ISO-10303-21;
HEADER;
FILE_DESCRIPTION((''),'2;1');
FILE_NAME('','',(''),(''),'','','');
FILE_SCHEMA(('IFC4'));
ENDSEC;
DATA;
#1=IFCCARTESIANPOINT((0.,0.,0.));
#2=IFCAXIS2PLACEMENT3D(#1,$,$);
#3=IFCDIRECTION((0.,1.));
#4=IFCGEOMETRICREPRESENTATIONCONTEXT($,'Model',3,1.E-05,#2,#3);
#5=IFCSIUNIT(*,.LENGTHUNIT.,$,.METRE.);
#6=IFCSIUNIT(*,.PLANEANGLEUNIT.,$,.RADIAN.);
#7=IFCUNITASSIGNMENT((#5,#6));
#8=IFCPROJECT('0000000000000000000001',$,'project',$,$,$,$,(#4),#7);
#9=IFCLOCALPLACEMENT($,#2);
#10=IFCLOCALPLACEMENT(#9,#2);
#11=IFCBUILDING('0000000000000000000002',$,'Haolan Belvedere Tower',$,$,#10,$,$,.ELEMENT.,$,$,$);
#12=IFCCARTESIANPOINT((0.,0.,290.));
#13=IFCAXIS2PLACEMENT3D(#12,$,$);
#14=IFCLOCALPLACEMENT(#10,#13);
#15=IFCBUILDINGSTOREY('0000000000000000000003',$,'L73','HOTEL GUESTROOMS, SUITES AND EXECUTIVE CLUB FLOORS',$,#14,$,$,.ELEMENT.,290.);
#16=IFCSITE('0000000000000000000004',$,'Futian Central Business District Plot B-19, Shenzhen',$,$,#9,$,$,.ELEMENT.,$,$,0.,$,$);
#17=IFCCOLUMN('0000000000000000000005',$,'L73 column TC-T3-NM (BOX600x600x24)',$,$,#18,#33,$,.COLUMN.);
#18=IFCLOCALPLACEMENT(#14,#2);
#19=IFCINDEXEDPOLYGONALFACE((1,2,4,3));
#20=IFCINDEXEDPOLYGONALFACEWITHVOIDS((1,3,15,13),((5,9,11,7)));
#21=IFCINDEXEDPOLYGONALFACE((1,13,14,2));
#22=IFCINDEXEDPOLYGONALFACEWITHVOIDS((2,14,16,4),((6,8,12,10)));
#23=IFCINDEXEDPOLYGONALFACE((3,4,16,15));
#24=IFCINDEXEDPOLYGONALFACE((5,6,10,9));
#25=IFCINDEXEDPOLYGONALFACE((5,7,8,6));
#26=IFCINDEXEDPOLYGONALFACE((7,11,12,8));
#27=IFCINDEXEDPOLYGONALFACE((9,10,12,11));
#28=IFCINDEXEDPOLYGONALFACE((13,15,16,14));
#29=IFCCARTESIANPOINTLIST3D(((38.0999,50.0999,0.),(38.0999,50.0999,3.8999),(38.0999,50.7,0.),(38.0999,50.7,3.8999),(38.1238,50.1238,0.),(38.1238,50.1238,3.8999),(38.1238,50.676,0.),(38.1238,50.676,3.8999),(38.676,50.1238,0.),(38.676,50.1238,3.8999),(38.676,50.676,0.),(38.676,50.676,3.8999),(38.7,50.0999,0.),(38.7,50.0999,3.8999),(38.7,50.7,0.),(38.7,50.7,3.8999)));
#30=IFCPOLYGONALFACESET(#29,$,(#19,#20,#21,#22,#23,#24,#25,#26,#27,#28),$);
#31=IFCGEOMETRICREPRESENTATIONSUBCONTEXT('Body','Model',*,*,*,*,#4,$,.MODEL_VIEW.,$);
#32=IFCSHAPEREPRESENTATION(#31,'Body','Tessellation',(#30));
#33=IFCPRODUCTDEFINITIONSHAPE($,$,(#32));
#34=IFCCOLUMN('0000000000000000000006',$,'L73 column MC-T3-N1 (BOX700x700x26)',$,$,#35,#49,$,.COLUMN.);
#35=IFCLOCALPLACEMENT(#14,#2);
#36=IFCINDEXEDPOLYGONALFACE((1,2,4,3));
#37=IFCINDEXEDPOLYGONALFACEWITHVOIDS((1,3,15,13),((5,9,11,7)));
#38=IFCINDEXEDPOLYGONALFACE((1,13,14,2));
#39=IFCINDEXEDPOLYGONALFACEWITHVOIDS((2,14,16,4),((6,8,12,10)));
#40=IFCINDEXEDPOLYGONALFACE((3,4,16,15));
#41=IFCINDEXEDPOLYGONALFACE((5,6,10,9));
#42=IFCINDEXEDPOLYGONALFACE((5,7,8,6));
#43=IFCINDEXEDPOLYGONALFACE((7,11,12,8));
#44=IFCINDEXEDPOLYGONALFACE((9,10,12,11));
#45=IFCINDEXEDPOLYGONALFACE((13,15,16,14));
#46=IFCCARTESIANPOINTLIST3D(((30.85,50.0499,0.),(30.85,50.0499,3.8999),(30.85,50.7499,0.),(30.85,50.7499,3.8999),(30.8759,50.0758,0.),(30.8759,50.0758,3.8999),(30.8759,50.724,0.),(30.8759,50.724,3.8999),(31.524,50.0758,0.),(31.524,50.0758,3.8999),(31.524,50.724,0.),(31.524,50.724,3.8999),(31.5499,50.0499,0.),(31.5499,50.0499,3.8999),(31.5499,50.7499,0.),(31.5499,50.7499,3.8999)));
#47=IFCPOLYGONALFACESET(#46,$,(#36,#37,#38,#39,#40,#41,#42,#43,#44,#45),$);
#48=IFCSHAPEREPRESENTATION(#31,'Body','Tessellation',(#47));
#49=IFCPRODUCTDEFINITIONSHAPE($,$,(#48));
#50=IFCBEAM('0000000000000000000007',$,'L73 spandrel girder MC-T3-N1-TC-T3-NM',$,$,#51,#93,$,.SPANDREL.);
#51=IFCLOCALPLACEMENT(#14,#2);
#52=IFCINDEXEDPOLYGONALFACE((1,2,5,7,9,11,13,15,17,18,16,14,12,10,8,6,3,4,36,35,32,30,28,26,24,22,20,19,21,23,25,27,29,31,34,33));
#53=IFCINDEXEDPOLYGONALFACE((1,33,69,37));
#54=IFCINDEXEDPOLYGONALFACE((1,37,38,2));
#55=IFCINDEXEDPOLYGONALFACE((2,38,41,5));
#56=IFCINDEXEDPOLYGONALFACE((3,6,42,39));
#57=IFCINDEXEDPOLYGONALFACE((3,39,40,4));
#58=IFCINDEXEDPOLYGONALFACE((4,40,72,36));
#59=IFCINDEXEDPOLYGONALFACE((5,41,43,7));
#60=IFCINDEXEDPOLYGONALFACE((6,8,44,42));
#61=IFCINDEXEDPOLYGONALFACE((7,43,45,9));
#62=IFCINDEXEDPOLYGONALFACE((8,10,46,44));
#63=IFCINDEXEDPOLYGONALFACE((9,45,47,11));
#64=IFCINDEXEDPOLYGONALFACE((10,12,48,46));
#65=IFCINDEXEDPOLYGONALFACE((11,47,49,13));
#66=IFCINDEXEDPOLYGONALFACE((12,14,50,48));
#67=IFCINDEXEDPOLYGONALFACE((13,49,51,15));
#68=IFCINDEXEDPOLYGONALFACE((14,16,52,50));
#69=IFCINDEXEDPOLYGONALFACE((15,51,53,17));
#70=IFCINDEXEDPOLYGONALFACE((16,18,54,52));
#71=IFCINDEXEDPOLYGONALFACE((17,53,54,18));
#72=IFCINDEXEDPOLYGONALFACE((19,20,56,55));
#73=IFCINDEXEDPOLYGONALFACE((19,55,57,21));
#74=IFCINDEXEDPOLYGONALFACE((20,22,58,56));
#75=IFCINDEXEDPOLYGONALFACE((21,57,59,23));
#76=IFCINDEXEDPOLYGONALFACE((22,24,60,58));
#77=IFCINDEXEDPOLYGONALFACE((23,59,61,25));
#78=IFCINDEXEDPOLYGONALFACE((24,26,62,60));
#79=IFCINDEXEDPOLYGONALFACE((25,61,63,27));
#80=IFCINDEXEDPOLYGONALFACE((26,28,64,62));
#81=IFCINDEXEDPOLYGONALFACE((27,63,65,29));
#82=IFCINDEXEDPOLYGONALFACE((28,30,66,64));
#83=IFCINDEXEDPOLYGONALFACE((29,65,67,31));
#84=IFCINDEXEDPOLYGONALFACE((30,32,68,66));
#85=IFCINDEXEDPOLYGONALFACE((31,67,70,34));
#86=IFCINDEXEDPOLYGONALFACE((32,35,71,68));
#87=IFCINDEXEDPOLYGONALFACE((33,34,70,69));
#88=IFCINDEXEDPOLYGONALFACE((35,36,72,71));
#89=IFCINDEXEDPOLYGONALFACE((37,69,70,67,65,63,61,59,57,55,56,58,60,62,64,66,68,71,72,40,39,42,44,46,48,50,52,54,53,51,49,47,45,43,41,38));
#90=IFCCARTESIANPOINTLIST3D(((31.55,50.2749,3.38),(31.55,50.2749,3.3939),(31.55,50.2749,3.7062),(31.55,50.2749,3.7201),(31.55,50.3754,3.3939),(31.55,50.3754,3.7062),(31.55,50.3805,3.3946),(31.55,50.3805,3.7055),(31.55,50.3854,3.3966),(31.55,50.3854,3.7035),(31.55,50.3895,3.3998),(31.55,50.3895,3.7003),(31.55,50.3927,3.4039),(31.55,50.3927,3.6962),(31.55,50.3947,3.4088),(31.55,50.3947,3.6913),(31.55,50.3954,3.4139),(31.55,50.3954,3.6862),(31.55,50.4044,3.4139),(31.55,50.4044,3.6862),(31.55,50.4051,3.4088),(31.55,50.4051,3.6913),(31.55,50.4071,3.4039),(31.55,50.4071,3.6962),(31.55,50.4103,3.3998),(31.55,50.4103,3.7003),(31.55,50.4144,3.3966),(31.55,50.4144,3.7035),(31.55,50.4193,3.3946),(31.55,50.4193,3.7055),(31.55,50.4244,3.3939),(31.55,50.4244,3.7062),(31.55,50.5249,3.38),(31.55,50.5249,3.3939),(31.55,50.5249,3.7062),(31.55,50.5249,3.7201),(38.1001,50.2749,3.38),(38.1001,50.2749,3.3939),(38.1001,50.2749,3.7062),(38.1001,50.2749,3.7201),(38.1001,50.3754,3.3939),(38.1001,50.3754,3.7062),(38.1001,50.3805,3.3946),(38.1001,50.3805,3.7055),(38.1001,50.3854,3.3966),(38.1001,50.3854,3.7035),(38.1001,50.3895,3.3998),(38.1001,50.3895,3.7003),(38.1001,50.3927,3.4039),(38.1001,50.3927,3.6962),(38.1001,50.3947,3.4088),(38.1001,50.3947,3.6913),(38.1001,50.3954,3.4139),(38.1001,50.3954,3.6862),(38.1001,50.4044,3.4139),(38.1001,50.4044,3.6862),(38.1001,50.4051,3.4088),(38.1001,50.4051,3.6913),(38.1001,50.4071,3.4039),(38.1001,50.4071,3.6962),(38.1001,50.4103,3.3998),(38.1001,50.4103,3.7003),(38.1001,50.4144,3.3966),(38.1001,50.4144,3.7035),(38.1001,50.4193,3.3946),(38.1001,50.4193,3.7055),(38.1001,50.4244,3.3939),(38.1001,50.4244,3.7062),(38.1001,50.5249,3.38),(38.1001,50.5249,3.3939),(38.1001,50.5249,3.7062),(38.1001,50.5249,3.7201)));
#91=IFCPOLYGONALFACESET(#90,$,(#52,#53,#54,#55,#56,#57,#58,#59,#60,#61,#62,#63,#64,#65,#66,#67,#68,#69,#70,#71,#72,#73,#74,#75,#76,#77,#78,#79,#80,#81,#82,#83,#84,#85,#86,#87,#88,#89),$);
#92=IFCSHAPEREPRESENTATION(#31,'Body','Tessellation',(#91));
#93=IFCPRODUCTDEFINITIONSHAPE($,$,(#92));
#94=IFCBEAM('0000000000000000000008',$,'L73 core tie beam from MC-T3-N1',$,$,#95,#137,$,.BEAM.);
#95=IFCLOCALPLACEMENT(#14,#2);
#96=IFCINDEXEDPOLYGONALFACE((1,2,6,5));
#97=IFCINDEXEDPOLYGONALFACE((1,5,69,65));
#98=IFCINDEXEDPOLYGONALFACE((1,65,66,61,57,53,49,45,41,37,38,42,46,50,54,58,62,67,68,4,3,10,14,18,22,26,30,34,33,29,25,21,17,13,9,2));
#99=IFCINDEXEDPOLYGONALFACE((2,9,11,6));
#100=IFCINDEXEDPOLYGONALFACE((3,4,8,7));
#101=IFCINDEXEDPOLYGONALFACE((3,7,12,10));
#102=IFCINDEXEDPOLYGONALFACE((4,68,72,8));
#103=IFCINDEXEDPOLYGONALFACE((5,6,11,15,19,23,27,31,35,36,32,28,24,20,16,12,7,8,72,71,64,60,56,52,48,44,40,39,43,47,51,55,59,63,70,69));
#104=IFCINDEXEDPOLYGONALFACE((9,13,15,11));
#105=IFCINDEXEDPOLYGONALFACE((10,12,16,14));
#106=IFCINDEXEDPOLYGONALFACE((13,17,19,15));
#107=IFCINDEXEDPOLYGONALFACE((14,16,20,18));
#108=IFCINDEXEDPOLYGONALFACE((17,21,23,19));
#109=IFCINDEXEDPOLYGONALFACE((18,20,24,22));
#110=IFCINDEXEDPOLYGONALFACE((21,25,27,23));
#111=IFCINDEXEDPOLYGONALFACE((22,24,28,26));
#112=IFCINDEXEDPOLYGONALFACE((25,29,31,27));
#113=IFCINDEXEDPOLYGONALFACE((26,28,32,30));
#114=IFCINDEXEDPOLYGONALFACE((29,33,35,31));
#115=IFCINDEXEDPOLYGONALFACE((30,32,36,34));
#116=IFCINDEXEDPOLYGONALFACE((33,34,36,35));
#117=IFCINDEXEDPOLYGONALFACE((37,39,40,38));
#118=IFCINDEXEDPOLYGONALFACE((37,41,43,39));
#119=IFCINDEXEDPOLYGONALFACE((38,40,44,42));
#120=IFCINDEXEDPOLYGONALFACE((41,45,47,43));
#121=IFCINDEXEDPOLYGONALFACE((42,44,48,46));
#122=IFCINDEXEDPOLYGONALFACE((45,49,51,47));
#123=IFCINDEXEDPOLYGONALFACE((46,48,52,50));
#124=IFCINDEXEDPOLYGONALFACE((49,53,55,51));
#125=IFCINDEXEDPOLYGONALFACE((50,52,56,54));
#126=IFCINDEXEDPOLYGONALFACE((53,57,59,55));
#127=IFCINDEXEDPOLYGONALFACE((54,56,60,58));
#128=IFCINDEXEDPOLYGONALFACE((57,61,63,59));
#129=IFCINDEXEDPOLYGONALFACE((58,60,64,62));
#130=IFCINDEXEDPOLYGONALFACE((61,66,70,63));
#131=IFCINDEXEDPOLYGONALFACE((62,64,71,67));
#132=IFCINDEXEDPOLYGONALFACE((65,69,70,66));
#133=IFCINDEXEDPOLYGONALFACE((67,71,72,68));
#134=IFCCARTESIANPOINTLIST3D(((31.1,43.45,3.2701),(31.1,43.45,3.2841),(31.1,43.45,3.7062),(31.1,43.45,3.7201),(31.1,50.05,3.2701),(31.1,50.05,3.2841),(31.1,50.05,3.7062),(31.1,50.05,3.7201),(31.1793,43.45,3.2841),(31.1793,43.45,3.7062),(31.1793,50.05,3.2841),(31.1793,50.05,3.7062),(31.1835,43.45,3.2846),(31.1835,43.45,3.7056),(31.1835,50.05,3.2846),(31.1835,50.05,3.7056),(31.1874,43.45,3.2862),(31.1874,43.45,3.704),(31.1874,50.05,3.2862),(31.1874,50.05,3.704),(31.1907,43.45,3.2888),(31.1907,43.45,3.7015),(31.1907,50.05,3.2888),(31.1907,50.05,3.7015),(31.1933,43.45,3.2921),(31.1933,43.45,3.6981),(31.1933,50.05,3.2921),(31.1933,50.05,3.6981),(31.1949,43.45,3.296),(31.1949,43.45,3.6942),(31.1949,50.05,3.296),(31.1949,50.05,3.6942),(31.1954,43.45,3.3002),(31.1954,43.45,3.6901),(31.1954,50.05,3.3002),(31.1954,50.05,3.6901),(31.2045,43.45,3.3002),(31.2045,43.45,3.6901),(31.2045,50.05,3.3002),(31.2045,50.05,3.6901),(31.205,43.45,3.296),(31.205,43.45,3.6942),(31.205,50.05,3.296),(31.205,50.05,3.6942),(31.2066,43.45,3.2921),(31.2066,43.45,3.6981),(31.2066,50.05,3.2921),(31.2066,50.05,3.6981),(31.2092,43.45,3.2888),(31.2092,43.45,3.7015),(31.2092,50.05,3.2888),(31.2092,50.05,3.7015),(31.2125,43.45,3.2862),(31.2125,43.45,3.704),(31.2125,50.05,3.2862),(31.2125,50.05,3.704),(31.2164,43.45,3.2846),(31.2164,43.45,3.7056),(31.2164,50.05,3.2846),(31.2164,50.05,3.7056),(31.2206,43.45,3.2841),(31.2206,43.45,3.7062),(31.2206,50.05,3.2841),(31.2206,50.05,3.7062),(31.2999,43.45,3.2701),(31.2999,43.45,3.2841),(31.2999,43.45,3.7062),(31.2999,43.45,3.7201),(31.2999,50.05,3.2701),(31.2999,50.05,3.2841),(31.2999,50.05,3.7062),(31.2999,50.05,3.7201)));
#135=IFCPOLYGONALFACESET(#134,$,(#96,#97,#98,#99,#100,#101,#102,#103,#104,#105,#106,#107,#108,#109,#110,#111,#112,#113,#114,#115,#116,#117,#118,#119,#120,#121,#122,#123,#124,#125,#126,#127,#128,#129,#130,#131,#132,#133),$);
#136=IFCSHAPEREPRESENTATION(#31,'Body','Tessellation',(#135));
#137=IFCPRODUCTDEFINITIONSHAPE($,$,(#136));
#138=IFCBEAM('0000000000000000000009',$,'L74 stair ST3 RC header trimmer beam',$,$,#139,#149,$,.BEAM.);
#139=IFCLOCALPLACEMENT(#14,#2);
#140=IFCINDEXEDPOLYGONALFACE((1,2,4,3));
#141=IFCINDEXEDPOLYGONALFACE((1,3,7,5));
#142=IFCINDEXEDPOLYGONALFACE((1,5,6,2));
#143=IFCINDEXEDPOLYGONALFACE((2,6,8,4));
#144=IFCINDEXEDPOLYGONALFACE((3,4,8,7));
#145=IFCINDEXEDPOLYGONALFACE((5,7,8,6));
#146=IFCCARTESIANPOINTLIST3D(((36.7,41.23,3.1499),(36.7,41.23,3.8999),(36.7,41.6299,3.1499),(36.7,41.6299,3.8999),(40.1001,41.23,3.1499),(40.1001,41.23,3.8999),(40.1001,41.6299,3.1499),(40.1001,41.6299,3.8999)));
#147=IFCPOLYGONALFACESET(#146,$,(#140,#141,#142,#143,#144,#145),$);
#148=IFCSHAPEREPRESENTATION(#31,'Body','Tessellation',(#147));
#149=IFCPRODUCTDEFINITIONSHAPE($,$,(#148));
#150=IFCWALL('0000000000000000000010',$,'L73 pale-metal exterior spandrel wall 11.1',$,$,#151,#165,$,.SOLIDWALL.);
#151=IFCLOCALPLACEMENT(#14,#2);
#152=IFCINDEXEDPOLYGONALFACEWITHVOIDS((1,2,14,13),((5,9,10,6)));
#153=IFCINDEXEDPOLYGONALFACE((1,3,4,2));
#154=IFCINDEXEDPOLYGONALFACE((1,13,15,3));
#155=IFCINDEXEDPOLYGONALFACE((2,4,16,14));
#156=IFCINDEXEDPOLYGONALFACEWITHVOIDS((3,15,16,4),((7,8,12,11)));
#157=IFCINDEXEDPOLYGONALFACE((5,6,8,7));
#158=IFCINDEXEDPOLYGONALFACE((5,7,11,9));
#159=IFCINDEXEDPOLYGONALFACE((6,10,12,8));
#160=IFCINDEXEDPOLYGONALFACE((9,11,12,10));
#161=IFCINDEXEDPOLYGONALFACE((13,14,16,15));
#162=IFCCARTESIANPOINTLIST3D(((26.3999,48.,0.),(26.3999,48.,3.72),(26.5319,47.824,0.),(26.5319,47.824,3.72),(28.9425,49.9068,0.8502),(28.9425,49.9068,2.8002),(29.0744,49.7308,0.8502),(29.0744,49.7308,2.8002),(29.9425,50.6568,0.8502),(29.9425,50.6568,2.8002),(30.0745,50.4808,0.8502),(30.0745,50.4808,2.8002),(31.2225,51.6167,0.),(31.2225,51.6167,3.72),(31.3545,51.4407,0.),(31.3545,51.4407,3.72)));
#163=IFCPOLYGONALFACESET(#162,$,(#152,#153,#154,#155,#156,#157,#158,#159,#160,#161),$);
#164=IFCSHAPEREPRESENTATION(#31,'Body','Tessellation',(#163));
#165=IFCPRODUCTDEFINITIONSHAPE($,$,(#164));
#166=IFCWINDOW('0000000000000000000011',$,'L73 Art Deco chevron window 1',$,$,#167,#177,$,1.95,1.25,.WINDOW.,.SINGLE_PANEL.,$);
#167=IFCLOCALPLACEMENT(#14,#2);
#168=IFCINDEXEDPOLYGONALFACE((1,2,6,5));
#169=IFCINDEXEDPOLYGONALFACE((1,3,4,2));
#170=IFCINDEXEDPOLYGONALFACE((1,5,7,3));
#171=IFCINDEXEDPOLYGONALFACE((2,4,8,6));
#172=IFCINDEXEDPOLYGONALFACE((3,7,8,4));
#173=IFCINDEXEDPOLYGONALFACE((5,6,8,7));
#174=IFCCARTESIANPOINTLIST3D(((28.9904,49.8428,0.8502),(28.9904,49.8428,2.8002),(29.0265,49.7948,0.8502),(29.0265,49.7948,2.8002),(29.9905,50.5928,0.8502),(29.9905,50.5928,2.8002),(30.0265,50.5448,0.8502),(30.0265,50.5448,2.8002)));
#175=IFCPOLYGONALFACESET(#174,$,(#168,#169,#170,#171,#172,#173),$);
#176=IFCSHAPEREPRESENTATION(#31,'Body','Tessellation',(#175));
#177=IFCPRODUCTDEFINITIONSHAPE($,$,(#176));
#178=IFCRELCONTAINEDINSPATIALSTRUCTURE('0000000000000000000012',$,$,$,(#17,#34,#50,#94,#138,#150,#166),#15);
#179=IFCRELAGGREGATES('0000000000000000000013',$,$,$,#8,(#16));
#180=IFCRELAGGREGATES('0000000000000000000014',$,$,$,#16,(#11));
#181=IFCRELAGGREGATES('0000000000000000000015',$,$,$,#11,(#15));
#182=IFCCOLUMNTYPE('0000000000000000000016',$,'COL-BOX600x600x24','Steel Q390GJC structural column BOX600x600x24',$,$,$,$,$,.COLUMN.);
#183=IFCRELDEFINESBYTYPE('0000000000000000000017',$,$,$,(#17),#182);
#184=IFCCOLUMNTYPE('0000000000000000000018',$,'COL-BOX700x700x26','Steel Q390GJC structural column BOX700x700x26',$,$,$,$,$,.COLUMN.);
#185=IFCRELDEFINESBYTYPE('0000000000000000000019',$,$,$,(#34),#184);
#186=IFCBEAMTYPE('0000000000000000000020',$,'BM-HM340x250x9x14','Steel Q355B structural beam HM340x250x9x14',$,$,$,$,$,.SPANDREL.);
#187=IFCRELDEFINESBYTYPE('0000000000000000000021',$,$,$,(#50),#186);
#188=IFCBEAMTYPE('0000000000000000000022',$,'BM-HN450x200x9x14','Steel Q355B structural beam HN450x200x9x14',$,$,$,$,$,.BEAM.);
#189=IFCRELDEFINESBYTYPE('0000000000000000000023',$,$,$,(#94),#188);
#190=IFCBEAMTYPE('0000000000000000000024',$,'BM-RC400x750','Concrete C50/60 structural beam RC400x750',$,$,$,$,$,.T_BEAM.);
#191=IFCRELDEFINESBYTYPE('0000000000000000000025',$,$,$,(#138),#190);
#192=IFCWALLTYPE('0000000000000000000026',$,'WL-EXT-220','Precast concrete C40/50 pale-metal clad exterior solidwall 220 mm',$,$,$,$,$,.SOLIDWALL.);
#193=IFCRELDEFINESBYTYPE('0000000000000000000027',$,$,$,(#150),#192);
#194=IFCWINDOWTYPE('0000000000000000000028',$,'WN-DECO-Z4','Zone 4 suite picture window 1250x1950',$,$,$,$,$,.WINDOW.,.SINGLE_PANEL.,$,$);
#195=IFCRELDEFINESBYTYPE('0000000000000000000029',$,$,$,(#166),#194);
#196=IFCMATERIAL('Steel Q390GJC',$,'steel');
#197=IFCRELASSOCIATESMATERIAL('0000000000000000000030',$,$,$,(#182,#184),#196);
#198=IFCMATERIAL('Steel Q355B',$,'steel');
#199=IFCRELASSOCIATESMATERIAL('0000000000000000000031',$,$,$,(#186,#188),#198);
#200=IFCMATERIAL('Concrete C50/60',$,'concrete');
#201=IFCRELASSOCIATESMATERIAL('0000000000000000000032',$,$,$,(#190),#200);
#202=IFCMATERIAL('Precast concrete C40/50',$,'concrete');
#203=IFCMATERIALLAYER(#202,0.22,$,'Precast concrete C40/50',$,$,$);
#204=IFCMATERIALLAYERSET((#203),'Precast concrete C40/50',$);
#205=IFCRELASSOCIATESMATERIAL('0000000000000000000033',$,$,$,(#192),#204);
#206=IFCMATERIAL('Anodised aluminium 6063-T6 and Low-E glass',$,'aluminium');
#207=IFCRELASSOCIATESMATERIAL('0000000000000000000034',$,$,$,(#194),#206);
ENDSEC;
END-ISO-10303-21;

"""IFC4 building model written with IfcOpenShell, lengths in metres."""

from ifc_helpers import new_model, si_unit, direction, frame, frame_2d, origin, origin_2d, place, context, subcontext, project, spatial, rectangle, hollow_rectangle, i_section, extrude, material, layer, layer_set, material_profile, profile_set, type_object, element, fill, save


model = new_model("IFC4")

# Units and contexts
model_context = context("Model", 3, precision=1e-05, world=origin(), true_north=direction((0.0, 1.0)))
body_context = subcontext(model_context, "Body", "Model", "MODEL_VIEW")
ifc_project = project(units=[si_unit("LENGTHUNIT", "METRE"), si_unit("PLANEANGLEUNIT", "RADIAN")], contexts=[model_context])

# Site, building, storey
site_placement = place(None, origin())
site = spatial("IfcSite", under=ifc_project, at=site_placement, Name="Futian Central Business District Plot B-19, Shenzhen", CompositionType="ELEMENT", RefElevation=0.0)
building_placement = place(site_placement, origin())
building = spatial("IfcBuilding", under=site, at=building_placement, Name="Haolan Belvedere Tower", CompositionType="ELEMENT")
storey_placement = place(building_placement, frame((0.0, 0.0, 290.0)))
storey = spatial("IfcBuildingStorey", under=building, at=storey_placement, Name="L73", Description="HOTEL GUESTROOMS, SUITES AND EXECUTIVE CLUB FLOORS", CompositionType="ELEMENT", Elevation=290.0)

# Columns
ifc_material_1 = material(Name="Steel Q390GJC", Category="steel")
ifc_material_profile_1 = material_profile(ifc_material_1, hollow_rectangle(XDim=0.6001, YDim=0.6001, WallThickness=0.0239, at=origin_2d()), Name="Steel Q390GJC")
ifc_profile_set_1 = profile_set([ifc_material_profile_1], Name="Steel Q390GJC")
column_type_1 = type_object("IfcColumnType", Name="COL-BOX600x600x24", Description="Steel Q390GJC structural column BOX600x600x24", PredefinedType="COLUMN", material=ifc_profile_set_1)
column_1_placement = place(storey_placement, frame((38.3999, 50.3999, 0.0), z_axis=(0.0, 0.0, 1.0), x_axis=(1.0, 0.0, 0.0)))
element("IfcColumn", 1, at=column_1_placement, inside=storey, type_object=column_type_1, Name="L73 column TC-T3-NM (BOX600x600x24)", PredefinedType="COLUMN", context=body_context, shape_type="SweptSolid", body=[
    extrude(hollow_rectangle(XDim=0.6001, YDim=0.6001, WallThickness=0.0239, at=origin_2d()), origin(), (0.0, 0.0, 1.0), 3.8999),
])
ifc_material_profile_2 = material_profile(ifc_material_1, hollow_rectangle(XDim=0.7, YDim=0.7, WallThickness=0.0259, at=origin_2d()), Name="Steel Q390GJC")
ifc_profile_set_2 = profile_set([ifc_material_profile_2], Name="Steel Q390GJC")
column_type_2 = type_object("IfcColumnType", Name="COL-BOX700x700x26", Description="Steel Q390GJC structural column BOX700x700x26", PredefinedType="COLUMN", material=ifc_profile_set_2)
column_2_placement = place(storey_placement, frame((31.2, 50.3999, 0.0), z_axis=(0.0, 0.0, 1.0), x_axis=(1.0, 0.0, 0.0)))
element("IfcColumn", 2, at=column_2_placement, inside=storey, type_object=column_type_2, Name="L73 column MC-T3-N1 (BOX700x700x26)", PredefinedType="COLUMN", context=body_context, shape_type="SweptSolid", body=[
    extrude(hollow_rectangle(XDim=0.7, YDim=0.7, WallThickness=0.0259, at=origin_2d()), origin(), (0.0, 0.0, 1.0), 3.8999),
])

# Beams
ifc_material_2 = material(Name="Steel Q355B", Category="steel")
ifc_material_profile_3 = material_profile(ifc_material_2, i_section(OverallWidth=0.25, OverallDepth=0.3401, WebThickness=0.009, FlangeThickness=0.0139, FilletRadius=0.02, at=origin_2d()), Name="Steel Q355B")
ifc_profile_set_3 = profile_set([ifc_material_profile_3], Name="Steel Q355B")
beam_type_1 = type_object("IfcBeamType", Name="BM-HM340x250x9x14", Description="Steel Q355B structural beam HM340x250x9x14", PredefinedType="SPANDREL", material=ifc_profile_set_3)
beam_1_placement = place(storey_placement, frame((31.55, 50.3999, 3.55), z_axis=(1.0, 0.0, 0.0), x_axis=(0.0, 1.0, 0.0)))
element("IfcBeam", 3, at=beam_1_placement, inside=storey, type_object=beam_type_1, Name="L73 spandrel girder MC-T3-N1-TC-T3-NM", PredefinedType="SPANDREL", context=body_context, shape_type="SweptSolid", body=[
    extrude(i_section(OverallWidth=0.25, OverallDepth=0.3401, WebThickness=0.009, FlangeThickness=0.0139, FilletRadius=0.02, at=origin_2d()), origin(), (0.0, 0.0, 1.0), 6.55),
])
ifc_material_profile_4 = material_profile(ifc_material_2, i_section(OverallWidth=0.2, OverallDepth=0.45, WebThickness=0.009, FlangeThickness=0.0139, FilletRadius=0.0161, at=origin_2d()), Name="Steel Q355B")
ifc_profile_set_4 = profile_set([ifc_material_profile_4], Name="Steel Q355B")
beam_type_2 = type_object("IfcBeamType", Name="BM-HN450x200x9x14", Description="Steel Q355B structural beam HN450x200x9x14", PredefinedType="BEAM", material=ifc_profile_set_4)
beam_2_placement = place(storey_placement, frame((31.2, 50.05, 3.4951), z_axis=(0.0, -1.0, 0.0), x_axis=(1.0, 0.0, 0.0)))
element("IfcBeam", 4, at=beam_2_placement, inside=storey, type_object=beam_type_2, Name="L73 core tie beam from MC-T3-N1", PredefinedType="BEAM", context=body_context, shape_type="SweptSolid", body=[
    extrude(i_section(OverallWidth=0.2, OverallDepth=0.45, WebThickness=0.009, FlangeThickness=0.0139, FilletRadius=0.0161, at=origin_2d()), origin(), (0.0, 0.0, 1.0), 6.6001),
])
ifc_material_3 = material(Name="Concrete C50/60", Category="concrete")
ifc_material_profile_5 = material_profile(ifc_material_3, rectangle(XDim=0.3999, YDim=0.75, at=origin_2d()), Name="Concrete C50/60")
ifc_profile_set_5 = profile_set([ifc_material_profile_5], Name="Concrete C50/60")
beam_type_3 = type_object("IfcBeamType", Name="BM-RC400x750", Description="Concrete C50/60 structural beam RC400x750", PredefinedType="T_BEAM", material=ifc_profile_set_5)
beam_3_placement = place(storey_placement, frame((36.7, 41.4299, 3.5249), z_axis=(1.0, 0.0, 0.0), x_axis=(0.0, 1.0, 0.0)))
element("IfcBeam", 5, at=beam_3_placement, inside=storey, type_object=beam_type_3, Name="L74 stair ST3 RC header trimmer beam", PredefinedType="BEAM", context=body_context, shape_type="SweptSolid", body=[
    extrude(rectangle(XDim=0.3999, YDim=0.75, at=origin_2d()), origin(), (0.0, 0.0, 1.0), 3.4001),
])

# Wall, opening, window
ifc_material_4 = material(Name="Precast concrete C40/50", Category="concrete")
ifc_layer_1 = layer(ifc_material_4, 0.22, Name="Precast concrete C40/50")
ifc_layer_set_1 = layer_set([ifc_layer_1], Name="Precast concrete C40/50")
wall_type_1 = type_object("IfcWallType", Name="WL-EXT-220", Description="Precast concrete C40/50 pale-metal clad exterior solidwall 220 mm", PredefinedType="SOLIDWALL", material=ifc_layer_set_1)
wall_1_placement = place(storey_placement, frame((31.2886, 51.5288, 0.0), z_axis=(0.0, 0.0, 1.0), x_axis=(-0.800015, -0.599981, 0.0)))
wall_1 = element("IfcWall", 6, at=wall_1_placement, inside=storey, type_object=wall_type_1, Name="L73 pale-metal exterior spandrel wall 11.1", PredefinedType="SOLIDWALL", context=body_context, shape_type="SweptSolid", body=[
    extrude(rectangle(XDim=6.0281, YDim=0.22, at=frame_2d((3.0142, 0.0))), origin(), (0.0, 0.0, 1.0), 3.72),
])
opening_1_placement = place(wall_1_placement, frame((1.6001, 0.0, 0.8501)))
opening_1 = element("IfcOpeningElement", 7, at=opening_1_placement, cuts=wall_1, PredefinedType="OPENING", context=body_context, shape_type="SweptSolid", body=[
    extrude(rectangle(XDim=1.25, YDim=1.95, at=frame_2d((0.625, 0.9751))), frame((0.0, 0.1199, 0.0), z_axis=(0.0, -1.0, 0.0), x_axis=(1.0, 0.0, 0.0)), (0.0, 0.0, 1.0), 0.24),
])
ifc_material_5 = material(Name="Anodised aluminium 6063-T6 and Low-E glass", Category="aluminium")
window_type = type_object("IfcWindowType", Name="WN-DECO-Z4", Description="Zone 4 suite picture window 1250x1950", PartitioningType="SINGLE_PANEL", PredefinedType="WINDOW", material=ifc_material_5)
window_placement = place(opening_1_placement, origin())
window = element("IfcWindow", 8, at=window_placement, inside=storey, type_object=window_type, Name="L73 Art Deco chevron window 1", OverallHeight=1.95, OverallWidth=1.25, PartitioningType="SINGLE_PANEL", PredefinedType="WINDOW", context=body_context, shape_type="SweptSolid", body=[
    extrude(rectangle(XDim=1.25, YDim=1.95, at=frame_2d((0.625, 0.9751))), frame((0.0, 0.03, 0.0), z_axis=(0.0, -1.0, 0.0), x_axis=(1.0, 0.0, 0.0)), (0.0, 0.0, 1.0), 0.0601),
])
fill(opening_1, window)

save(model, "model.ifc")
